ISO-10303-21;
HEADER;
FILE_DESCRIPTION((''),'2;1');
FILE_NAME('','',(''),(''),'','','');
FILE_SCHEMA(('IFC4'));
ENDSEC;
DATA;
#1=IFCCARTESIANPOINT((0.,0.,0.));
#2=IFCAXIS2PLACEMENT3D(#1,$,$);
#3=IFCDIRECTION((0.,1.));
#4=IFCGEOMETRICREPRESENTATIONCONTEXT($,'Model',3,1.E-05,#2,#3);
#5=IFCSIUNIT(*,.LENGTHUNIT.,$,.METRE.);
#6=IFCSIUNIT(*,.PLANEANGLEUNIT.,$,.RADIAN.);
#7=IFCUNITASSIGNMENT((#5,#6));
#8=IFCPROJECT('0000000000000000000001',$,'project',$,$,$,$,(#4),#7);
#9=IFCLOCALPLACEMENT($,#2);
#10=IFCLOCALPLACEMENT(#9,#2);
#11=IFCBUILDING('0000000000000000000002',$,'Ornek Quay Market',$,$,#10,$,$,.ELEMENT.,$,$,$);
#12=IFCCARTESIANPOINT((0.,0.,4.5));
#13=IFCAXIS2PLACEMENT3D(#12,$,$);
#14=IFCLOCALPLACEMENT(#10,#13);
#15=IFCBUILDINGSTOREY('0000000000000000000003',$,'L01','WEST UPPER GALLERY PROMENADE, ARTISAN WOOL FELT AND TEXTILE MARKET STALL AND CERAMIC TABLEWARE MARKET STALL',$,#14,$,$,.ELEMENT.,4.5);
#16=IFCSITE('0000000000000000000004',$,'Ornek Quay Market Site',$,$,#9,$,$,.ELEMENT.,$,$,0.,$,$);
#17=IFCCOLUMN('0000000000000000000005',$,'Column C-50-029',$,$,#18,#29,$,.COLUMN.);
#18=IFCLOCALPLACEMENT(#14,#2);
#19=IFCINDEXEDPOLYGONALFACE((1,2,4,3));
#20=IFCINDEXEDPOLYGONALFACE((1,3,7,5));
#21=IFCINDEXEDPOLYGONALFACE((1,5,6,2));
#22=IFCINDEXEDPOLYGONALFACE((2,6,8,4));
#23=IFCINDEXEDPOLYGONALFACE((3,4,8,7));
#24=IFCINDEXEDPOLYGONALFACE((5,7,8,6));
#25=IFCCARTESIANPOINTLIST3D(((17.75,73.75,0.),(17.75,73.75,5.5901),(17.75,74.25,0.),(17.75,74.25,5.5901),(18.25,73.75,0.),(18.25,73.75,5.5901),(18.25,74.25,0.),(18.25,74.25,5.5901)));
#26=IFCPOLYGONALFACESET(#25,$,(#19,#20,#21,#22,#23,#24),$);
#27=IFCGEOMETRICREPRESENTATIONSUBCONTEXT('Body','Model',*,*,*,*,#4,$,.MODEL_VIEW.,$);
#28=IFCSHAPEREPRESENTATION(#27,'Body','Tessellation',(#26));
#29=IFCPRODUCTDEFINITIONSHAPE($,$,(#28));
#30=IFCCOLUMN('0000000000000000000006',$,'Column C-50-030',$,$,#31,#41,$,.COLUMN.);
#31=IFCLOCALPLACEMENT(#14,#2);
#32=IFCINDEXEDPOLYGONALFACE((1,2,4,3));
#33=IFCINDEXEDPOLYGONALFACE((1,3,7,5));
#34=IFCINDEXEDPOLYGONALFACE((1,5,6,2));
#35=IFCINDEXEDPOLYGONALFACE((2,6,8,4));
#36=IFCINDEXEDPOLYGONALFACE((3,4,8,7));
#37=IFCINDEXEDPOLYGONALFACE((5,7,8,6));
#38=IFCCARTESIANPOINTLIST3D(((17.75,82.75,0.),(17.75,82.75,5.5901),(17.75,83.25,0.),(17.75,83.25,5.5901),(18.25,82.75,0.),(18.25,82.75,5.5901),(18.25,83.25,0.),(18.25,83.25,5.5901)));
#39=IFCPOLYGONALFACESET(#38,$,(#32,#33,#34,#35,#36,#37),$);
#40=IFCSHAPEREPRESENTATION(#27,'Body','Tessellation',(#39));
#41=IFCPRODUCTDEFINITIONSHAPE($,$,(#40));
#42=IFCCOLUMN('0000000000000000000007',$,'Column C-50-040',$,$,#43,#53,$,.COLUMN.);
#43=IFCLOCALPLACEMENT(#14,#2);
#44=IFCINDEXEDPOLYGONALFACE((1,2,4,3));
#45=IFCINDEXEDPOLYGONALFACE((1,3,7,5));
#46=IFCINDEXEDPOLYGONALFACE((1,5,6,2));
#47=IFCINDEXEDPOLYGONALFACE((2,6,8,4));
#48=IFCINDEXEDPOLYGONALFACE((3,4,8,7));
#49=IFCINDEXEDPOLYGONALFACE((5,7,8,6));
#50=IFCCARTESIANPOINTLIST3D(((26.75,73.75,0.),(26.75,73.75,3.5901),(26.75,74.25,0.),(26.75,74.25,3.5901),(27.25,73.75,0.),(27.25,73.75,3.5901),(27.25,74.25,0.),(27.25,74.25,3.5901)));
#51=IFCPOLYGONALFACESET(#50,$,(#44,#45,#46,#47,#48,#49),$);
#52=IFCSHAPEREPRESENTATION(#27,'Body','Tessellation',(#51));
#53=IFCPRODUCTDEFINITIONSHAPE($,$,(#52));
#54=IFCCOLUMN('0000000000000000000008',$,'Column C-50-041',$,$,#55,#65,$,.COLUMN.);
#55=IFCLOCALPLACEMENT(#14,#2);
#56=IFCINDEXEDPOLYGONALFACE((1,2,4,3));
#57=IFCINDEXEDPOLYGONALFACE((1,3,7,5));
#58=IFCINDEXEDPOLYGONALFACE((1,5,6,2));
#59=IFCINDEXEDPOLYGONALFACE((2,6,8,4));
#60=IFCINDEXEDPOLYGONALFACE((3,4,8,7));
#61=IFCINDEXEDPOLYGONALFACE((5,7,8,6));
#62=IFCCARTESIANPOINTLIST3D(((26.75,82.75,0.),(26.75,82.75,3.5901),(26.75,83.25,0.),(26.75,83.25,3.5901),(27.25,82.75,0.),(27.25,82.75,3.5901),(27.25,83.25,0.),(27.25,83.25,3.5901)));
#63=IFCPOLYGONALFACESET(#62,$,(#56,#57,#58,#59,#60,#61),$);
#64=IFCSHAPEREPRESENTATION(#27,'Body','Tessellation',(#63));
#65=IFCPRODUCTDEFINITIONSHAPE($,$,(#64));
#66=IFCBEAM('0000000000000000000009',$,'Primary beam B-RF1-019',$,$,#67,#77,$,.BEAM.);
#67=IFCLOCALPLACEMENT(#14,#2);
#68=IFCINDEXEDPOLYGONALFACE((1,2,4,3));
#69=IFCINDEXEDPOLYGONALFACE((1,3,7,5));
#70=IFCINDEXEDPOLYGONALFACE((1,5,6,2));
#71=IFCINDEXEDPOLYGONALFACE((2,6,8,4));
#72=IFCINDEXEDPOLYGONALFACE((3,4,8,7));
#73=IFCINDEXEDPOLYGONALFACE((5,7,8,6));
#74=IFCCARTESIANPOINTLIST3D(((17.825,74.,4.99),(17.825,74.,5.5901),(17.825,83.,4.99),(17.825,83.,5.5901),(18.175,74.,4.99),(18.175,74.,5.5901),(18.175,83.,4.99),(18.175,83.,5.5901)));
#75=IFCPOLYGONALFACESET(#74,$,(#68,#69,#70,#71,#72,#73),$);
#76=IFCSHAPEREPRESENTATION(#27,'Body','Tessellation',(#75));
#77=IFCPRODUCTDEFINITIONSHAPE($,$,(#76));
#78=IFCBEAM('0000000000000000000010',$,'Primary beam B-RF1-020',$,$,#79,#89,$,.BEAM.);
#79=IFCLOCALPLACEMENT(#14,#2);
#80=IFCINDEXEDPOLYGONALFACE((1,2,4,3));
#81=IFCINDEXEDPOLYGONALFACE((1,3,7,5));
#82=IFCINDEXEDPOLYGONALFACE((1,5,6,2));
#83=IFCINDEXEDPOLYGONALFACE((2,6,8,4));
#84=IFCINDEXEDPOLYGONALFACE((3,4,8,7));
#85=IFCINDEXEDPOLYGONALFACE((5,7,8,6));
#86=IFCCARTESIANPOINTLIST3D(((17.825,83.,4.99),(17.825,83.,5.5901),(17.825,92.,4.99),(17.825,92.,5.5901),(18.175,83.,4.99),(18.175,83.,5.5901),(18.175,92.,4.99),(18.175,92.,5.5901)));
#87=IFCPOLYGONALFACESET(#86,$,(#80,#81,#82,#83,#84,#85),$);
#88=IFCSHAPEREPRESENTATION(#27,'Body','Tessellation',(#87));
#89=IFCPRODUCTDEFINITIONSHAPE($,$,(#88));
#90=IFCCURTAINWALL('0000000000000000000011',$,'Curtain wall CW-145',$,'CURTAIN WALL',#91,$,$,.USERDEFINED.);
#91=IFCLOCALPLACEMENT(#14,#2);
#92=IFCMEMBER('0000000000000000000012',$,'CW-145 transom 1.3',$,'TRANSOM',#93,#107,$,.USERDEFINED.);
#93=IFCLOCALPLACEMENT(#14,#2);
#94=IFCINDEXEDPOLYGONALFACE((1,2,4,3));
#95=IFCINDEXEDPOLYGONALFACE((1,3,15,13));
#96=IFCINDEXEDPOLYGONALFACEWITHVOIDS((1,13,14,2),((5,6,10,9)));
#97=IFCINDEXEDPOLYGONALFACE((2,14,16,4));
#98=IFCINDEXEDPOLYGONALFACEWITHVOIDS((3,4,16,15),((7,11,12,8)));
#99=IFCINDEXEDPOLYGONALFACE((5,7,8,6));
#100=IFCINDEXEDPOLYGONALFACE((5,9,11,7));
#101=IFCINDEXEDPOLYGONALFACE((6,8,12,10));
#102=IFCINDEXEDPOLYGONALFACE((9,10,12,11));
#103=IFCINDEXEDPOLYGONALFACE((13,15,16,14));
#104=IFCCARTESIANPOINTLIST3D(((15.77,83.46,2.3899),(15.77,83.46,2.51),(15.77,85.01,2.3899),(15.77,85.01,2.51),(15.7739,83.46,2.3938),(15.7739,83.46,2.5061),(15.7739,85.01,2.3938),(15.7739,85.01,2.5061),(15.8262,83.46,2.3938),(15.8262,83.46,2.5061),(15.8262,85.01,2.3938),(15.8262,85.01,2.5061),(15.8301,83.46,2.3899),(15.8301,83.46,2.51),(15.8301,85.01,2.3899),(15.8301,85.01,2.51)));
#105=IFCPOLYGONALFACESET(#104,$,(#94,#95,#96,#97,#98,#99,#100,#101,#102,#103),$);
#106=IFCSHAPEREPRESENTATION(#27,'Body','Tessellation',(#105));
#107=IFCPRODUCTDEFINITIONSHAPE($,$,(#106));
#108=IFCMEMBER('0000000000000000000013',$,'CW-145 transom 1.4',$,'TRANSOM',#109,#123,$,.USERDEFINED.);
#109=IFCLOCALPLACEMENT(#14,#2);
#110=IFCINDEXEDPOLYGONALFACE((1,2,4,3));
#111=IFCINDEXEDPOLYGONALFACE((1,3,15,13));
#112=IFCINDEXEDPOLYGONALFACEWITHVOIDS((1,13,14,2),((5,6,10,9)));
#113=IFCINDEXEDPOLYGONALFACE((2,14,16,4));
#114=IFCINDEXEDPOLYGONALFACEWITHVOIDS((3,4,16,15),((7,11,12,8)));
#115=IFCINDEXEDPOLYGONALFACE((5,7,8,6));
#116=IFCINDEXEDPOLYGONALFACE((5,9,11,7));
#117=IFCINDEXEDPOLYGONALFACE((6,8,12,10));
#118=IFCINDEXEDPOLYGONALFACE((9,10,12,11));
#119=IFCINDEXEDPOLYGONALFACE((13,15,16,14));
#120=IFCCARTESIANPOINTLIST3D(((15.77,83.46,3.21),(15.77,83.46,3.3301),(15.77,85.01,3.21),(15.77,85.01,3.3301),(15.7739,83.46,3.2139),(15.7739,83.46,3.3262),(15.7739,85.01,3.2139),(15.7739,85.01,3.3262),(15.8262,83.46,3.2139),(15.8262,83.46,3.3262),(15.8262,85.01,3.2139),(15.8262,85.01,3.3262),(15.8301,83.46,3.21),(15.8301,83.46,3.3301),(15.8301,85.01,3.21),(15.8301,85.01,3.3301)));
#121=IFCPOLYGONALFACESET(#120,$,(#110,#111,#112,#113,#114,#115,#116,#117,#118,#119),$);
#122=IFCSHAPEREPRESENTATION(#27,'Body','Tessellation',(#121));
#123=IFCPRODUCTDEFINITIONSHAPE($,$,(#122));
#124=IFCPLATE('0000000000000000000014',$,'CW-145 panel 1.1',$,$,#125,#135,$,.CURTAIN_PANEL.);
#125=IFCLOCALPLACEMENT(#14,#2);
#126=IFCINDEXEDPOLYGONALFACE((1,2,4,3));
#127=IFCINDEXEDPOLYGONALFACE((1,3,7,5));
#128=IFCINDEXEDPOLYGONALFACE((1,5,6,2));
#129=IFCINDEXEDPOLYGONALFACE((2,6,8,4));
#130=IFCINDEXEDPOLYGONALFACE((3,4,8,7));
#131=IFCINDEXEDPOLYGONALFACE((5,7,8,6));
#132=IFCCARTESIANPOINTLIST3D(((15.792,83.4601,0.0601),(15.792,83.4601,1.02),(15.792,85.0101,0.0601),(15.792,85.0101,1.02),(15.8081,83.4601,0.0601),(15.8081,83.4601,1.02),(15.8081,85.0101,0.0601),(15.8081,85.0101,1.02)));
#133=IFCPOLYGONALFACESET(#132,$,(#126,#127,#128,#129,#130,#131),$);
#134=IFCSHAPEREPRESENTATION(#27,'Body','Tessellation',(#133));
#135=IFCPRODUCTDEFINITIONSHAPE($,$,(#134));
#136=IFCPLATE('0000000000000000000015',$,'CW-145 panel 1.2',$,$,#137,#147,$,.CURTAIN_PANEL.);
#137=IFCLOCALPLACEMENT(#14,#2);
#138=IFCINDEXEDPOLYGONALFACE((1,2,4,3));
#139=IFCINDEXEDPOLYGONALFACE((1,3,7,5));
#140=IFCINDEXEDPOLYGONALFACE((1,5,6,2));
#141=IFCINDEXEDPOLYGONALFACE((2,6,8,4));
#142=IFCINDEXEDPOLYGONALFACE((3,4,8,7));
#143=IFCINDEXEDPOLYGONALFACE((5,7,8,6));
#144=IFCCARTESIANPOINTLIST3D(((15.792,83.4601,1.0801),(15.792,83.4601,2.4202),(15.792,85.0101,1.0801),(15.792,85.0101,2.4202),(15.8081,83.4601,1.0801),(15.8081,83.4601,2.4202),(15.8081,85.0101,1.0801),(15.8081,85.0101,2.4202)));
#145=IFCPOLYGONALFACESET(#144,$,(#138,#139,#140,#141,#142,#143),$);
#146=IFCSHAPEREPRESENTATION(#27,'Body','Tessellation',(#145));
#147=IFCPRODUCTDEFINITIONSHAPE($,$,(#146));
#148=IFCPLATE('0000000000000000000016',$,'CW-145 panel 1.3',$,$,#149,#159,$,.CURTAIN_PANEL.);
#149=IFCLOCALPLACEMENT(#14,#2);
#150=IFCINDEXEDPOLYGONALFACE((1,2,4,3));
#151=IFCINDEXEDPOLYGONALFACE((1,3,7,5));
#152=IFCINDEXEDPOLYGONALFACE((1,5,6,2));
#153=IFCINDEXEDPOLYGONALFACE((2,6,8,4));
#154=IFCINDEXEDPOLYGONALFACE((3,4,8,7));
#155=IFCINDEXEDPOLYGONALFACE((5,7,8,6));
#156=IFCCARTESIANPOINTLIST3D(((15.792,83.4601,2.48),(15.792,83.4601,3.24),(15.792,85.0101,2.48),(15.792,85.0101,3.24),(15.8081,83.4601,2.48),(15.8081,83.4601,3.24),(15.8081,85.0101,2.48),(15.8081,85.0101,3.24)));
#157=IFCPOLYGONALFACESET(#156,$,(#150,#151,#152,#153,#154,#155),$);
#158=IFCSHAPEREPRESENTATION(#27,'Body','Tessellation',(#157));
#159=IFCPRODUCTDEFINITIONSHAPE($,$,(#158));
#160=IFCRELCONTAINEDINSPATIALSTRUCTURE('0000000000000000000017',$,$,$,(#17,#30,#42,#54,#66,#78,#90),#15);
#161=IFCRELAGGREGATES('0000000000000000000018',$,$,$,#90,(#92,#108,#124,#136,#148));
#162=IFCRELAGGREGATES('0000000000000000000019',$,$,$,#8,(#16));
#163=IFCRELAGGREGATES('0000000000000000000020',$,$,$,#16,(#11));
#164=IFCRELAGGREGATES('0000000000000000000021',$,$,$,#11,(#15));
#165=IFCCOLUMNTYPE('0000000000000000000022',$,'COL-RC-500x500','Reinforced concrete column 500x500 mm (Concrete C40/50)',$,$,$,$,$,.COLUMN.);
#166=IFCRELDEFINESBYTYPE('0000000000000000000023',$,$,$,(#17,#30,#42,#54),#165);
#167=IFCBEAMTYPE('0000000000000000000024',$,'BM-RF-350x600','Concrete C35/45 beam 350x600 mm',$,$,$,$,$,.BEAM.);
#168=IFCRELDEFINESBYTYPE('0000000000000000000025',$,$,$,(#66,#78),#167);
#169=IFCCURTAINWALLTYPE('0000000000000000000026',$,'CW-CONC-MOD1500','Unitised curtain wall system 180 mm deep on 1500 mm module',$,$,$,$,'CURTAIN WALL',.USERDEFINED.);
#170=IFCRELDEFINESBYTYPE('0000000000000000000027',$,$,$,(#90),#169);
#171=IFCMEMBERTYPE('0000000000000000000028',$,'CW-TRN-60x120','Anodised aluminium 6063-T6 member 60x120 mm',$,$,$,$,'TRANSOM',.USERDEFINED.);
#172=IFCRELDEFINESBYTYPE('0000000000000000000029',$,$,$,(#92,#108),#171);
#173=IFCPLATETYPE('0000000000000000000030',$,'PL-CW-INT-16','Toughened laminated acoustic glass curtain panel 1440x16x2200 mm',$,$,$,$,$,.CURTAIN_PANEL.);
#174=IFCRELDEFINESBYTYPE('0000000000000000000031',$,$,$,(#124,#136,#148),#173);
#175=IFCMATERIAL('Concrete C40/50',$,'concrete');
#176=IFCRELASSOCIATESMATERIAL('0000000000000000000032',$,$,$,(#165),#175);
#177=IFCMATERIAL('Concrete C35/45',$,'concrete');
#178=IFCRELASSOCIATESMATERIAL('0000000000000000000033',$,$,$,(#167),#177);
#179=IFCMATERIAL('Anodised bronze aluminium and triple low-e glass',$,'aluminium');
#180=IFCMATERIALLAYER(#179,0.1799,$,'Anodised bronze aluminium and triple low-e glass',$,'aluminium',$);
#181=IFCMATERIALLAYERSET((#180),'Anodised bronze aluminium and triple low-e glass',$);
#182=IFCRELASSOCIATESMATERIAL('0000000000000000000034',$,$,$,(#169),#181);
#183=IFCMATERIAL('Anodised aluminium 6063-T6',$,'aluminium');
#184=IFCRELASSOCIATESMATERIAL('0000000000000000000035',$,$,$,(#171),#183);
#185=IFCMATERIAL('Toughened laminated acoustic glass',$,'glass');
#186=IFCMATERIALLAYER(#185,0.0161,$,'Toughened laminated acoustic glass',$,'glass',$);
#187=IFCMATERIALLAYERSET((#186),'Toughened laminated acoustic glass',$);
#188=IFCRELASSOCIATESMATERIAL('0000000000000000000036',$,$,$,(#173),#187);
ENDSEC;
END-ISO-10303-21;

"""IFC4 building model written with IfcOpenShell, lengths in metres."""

from ifc_helpers import new_model, si_unit, direction, frame, origin, origin_2d, place, context, subcontext, project, spatial, rectangle, hollow_rectangle, extrude, material, layer, layer_set, material_profile, profile_set, type_object, element, aggregate, save


model = new_model("IFC4")

# Units and contexts
model_context = context("Model", 3, precision=1e-05, world=origin(), true_north=direction((0.0, 1.0)))
body_context = subcontext(model_context, "Body", "Model", "MODEL_VIEW")
ifc_project = project(units=[si_unit("LENGTHUNIT", "METRE"), si_unit("PLANEANGLEUNIT", "RADIAN")], contexts=[model_context])

# Site, building, storey
site_placement = place(None, origin())
site = spatial("IfcSite", under=ifc_project, at=site_placement, Name="Ornek Quay Market Site", CompositionType="ELEMENT", RefElevation=0.0)
building_placement = place(site_placement, origin())
building = spatial("IfcBuilding", under=site, at=building_placement, Name="Ornek Quay Market", CompositionType="ELEMENT")
storey_placement = place(building_placement, frame((0.0, 0.0, 4.5)))
storey = spatial("IfcBuildingStorey", under=building, at=storey_placement, Name="L01", Description="WEST UPPER GALLERY PROMENADE, ARTISAN WOOL FELT AND TEXTILE MARKET STALL AND CERAMIC TABLEWARE MARKET STALL", CompositionType="ELEMENT", Elevation=4.5)

# Columns
ifc_material_1 = material(Name="Concrete C40/50", Category="concrete")
ifc_material_profile_1 = material_profile(ifc_material_1, rectangle(XDim=0.5, YDim=0.5, at=origin_2d()), Name="RC 500x500", Category="concrete")
ifc_profile_set_1 = profile_set([ifc_material_profile_1], Name="Concrete C40/50")
column_type = type_object("IfcColumnType", Name="COL-RC-500x500", Description="Reinforced concrete column 500x500 mm (Concrete C40/50)", PredefinedType="COLUMN", material=ifc_profile_set_1)
for number, where, z_axis, x_axis, name in (
    (1, (18.0, 74.0, 0.0), (0.0, 0.0, 1.0), (1.0, 0.0, 0.0), "Column C-50-029"),
    (2, (18.0, 83.0, 0.0), (0.0, 0.0, 1.0), (1.0, 0.0, 0.0), "Column C-50-030"),
):
    element("IfcColumn", number, at=place(storey_placement, frame(where, z_axis=z_axis, x_axis=x_axis)), inside=storey, type_object=column_type, Name=name, PredefinedType="COLUMN", context=body_context, shape_type="SweptSolid", body=[
        extrude(rectangle(XDim=0.5, YDim=0.5, at=origin_2d()), origin(), (0.0, 0.0, 1.0), 5.5901),
    ])
for number, where, z_axis, x_axis, name in (
    (3, (27.0, 74.0, 0.0), (0.0, 0.0, 1.0), (1.0, 0.0, 0.0), "Column C-50-040"),
    (4, (27.0, 83.0, 0.0), (0.0, 0.0, 1.0), (1.0, 0.0, 0.0), "Column C-50-041"),
):
    element("IfcColumn", number, at=place(storey_placement, frame(where, z_axis=z_axis, x_axis=x_axis)), inside=storey, type_object=column_type, Name=name, PredefinedType="COLUMN", context=body_context, shape_type="SweptSolid", body=[
        extrude(rectangle(XDim=0.5, YDim=0.5, at=origin_2d()), origin(), (0.0, 0.0, 1.0), 3.5901),
    ])

# Beams
ifc_material_2 = material(Name="Concrete C35/45", Category="concrete")
ifc_material_profile_2 = material_profile(ifc_material_2, rectangle(XDim=0.3501, YDim=0.6001, at=origin_2d()), Name="RC 350x600", Category="concrete")
ifc_profile_set_2 = profile_set([ifc_material_profile_2], Name="Concrete C35/45")
beam_type = type_object("IfcBeamType", Name="BM-RF-350x600", Description="Concrete C35/45 beam 350x600 mm", PredefinedType="BEAM", material=ifc_profile_set_2)
for number, where, z_axis, x_axis, name in (
    (5, (18.0, 74.0, 5.29), (0.0, 1.0, 0.0), (-1.0, 0.0, 0.0), "Primary beam B-RF1-019"),
    (6, (18.0, 83.0, 5.29), (0.0, 1.0, 0.0), (-1.0, 0.0, 0.0), "Primary beam B-RF1-020"),
):
    element("IfcBeam", number, at=place(storey_placement, frame(where, z_axis=z_axis, x_axis=x_axis)), inside=storey, type_object=beam_type, Name=name, PredefinedType="BEAM", context=body_context, shape_type="SweptSolid", body=[
        extrude(rectangle(XDim=0.3501, YDim=0.6001, at=origin_2d()), origin(), (0.0, 0.0, 1.0), 9.0),
    ])

# Curtain wall, members, plates
ifc_material_3 = material(Name="Anodised bronze aluminium and triple low-e glass", Category="aluminium")
ifc_layer_1 = layer(ifc_material_3, 0.1799, Name="Anodised bronze aluminium and triple low-e glass", Category="aluminium")
ifc_layer_set_1 = layer_set([ifc_layer_1], Name="Anodised bronze aluminium and triple low-e glass")
curtain_wall_type = type_object("IfcCurtainWallType", Name="CW-CONC-MOD1500", Description="Unitised curtain wall system 180 mm deep on 1500 mm module", ElementType="CURTAIN WALL", PredefinedType="USERDEFINED", material=ifc_layer_set_1)
curtain_wall_placement = place(storey_placement, origin())
curtain_wall = element("IfcCurtainWall", 7, at=curtain_wall_placement, inside=storey, type_object=curtain_wall_type, Name="Curtain wall CW-145", ObjectType="CURTAIN WALL", PredefinedType="USERDEFINED")
ifc_material_4 = material(Name="Anodised aluminium 6063-T6", Category="aluminium")
ifc_material_profile_3 = material_profile(ifc_material_4, hollow_rectangle(XDim=0.0601, YDim=0.1201, WallThickness=0.0039, at=origin_2d()), Name="CW-TRN-60x120", Category="aluminium")
ifc_profile_set_3 = profile_set([ifc_material_profile_3], Name="Anodised aluminium 6063-T6")
member_type = type_object("IfcMemberType", Name="CW-TRN-60x120", Description="Anodised aluminium 6063-T6 member 60x120 mm", ElementType="TRANSOM", PredefinedType="USERDEFINED", material=ifc_profile_set_3)
member_1_placement = place(storey_placement, frame((15.8, 83.46, 2.45), z_axis=(0.0, 1.0, 0.0), x_axis=(-1.0, 0.0, 0.0)))
member_1 = element("IfcMember", 8, at=member_1_placement, type_object=member_type, Name="CW-145 transom 1.3", ObjectType="TRANSOM", PredefinedType="USERDEFINED", context=body_context, shape_type="SweptSolid", body=[
    extrude(hollow_rectangle(XDim=0.0601, YDim=0.1201, WallThickness=0.0039, at=origin_2d()), origin(), (0.0, 0.0, 1.0), 1.55),
])
member_2_placement = place(storey_placement, frame((15.8, 83.46, 3.27), z_axis=(0.0, 1.0, 0.0), x_axis=(-1.0, 0.0, 0.0)))
member_2 = element("IfcMember", 9, at=member_2_placement, type_object=member_type, Name="CW-145 transom 1.4", ObjectType="TRANSOM", PredefinedType="USERDEFINED", context=body_context, shape_type="SweptSolid", body=[
    extrude(hollow_rectangle(XDim=0.0601, YDim=0.1201, WallThickness=0.0039, at=origin_2d()), origin(), (0.0, 0.0, 1.0), 1.55),
])
ifc_material_5 = material(Name="Toughened laminated acoustic glass", Category="glass")
ifc_layer_2 = layer(ifc_material_5, 0.0161, Name="Toughened laminated acoustic glass", Category="glass")
ifc_layer_set_2 = layer_set([ifc_layer_2], Name="Toughened laminated acoustic glass")
plate_type = type_object("IfcPlateType", Name="PL-CW-INT-16", Description="Toughened laminated acoustic glass curtain panel 1440x16x2200 mm", PredefinedType="CURTAIN_PANEL", material=ifc_layer_set_2)
plate_1_placement = place(storey_placement, frame((15.8, 84.2351, 0.0601), z_axis=(0.0, 0.0, 1.0), x_axis=(0.0, 1.0, 0.0)))
plate_1 = element("IfcPlate", 10, at=plate_1_placement, type_object=plate_type, Name="CW-145 panel 1.1", PredefinedType="CURTAIN_PANEL", context=body_context, shape_type="SweptSolid", body=[
    extrude(rectangle(XDim=1.55, YDim=0.0161, at=origin_2d()), origin(), (0.0, 0.0, 1.0), 0.96),
])
plate_2_placement = place(storey_placement, frame((15.8, 84.2351, 1.0801), z_axis=(0.0, 0.0, 1.0), x_axis=(0.0, 1.0, 0.0)))
plate_2 = element("IfcPlate", 11, at=plate_2_placement, type_object=plate_type, Name="CW-145 panel 1.2", PredefinedType="CURTAIN_PANEL", context=body_context, shape_type="SweptSolid", body=[
    extrude(rectangle(XDim=1.55, YDim=0.0161, at=origin_2d()), origin(), (0.0, 0.0, 1.0), 1.3401),
])
plate_3_placement = place(storey_placement, frame((15.8, 84.2351, 2.48), z_axis=(0.0, 0.0, 1.0), x_axis=(0.0, 1.0, 0.0)))
plate_3 = element("IfcPlate", 12, at=plate_3_placement, type_object=plate_type, Name="CW-145 panel 1.3", PredefinedType="CURTAIN_PANEL", context=body_context, shape_type="SweptSolid", body=[
    extrude(rectangle(XDim=1.55, YDim=0.0161, at=origin_2d()), origin(), (0.0, 0.0, 1.0), 0.76),
])
aggregate(curtain_wall, [member_1, member_2, plate_1, plate_2, plate_3])

save(model, "model.ifc")
